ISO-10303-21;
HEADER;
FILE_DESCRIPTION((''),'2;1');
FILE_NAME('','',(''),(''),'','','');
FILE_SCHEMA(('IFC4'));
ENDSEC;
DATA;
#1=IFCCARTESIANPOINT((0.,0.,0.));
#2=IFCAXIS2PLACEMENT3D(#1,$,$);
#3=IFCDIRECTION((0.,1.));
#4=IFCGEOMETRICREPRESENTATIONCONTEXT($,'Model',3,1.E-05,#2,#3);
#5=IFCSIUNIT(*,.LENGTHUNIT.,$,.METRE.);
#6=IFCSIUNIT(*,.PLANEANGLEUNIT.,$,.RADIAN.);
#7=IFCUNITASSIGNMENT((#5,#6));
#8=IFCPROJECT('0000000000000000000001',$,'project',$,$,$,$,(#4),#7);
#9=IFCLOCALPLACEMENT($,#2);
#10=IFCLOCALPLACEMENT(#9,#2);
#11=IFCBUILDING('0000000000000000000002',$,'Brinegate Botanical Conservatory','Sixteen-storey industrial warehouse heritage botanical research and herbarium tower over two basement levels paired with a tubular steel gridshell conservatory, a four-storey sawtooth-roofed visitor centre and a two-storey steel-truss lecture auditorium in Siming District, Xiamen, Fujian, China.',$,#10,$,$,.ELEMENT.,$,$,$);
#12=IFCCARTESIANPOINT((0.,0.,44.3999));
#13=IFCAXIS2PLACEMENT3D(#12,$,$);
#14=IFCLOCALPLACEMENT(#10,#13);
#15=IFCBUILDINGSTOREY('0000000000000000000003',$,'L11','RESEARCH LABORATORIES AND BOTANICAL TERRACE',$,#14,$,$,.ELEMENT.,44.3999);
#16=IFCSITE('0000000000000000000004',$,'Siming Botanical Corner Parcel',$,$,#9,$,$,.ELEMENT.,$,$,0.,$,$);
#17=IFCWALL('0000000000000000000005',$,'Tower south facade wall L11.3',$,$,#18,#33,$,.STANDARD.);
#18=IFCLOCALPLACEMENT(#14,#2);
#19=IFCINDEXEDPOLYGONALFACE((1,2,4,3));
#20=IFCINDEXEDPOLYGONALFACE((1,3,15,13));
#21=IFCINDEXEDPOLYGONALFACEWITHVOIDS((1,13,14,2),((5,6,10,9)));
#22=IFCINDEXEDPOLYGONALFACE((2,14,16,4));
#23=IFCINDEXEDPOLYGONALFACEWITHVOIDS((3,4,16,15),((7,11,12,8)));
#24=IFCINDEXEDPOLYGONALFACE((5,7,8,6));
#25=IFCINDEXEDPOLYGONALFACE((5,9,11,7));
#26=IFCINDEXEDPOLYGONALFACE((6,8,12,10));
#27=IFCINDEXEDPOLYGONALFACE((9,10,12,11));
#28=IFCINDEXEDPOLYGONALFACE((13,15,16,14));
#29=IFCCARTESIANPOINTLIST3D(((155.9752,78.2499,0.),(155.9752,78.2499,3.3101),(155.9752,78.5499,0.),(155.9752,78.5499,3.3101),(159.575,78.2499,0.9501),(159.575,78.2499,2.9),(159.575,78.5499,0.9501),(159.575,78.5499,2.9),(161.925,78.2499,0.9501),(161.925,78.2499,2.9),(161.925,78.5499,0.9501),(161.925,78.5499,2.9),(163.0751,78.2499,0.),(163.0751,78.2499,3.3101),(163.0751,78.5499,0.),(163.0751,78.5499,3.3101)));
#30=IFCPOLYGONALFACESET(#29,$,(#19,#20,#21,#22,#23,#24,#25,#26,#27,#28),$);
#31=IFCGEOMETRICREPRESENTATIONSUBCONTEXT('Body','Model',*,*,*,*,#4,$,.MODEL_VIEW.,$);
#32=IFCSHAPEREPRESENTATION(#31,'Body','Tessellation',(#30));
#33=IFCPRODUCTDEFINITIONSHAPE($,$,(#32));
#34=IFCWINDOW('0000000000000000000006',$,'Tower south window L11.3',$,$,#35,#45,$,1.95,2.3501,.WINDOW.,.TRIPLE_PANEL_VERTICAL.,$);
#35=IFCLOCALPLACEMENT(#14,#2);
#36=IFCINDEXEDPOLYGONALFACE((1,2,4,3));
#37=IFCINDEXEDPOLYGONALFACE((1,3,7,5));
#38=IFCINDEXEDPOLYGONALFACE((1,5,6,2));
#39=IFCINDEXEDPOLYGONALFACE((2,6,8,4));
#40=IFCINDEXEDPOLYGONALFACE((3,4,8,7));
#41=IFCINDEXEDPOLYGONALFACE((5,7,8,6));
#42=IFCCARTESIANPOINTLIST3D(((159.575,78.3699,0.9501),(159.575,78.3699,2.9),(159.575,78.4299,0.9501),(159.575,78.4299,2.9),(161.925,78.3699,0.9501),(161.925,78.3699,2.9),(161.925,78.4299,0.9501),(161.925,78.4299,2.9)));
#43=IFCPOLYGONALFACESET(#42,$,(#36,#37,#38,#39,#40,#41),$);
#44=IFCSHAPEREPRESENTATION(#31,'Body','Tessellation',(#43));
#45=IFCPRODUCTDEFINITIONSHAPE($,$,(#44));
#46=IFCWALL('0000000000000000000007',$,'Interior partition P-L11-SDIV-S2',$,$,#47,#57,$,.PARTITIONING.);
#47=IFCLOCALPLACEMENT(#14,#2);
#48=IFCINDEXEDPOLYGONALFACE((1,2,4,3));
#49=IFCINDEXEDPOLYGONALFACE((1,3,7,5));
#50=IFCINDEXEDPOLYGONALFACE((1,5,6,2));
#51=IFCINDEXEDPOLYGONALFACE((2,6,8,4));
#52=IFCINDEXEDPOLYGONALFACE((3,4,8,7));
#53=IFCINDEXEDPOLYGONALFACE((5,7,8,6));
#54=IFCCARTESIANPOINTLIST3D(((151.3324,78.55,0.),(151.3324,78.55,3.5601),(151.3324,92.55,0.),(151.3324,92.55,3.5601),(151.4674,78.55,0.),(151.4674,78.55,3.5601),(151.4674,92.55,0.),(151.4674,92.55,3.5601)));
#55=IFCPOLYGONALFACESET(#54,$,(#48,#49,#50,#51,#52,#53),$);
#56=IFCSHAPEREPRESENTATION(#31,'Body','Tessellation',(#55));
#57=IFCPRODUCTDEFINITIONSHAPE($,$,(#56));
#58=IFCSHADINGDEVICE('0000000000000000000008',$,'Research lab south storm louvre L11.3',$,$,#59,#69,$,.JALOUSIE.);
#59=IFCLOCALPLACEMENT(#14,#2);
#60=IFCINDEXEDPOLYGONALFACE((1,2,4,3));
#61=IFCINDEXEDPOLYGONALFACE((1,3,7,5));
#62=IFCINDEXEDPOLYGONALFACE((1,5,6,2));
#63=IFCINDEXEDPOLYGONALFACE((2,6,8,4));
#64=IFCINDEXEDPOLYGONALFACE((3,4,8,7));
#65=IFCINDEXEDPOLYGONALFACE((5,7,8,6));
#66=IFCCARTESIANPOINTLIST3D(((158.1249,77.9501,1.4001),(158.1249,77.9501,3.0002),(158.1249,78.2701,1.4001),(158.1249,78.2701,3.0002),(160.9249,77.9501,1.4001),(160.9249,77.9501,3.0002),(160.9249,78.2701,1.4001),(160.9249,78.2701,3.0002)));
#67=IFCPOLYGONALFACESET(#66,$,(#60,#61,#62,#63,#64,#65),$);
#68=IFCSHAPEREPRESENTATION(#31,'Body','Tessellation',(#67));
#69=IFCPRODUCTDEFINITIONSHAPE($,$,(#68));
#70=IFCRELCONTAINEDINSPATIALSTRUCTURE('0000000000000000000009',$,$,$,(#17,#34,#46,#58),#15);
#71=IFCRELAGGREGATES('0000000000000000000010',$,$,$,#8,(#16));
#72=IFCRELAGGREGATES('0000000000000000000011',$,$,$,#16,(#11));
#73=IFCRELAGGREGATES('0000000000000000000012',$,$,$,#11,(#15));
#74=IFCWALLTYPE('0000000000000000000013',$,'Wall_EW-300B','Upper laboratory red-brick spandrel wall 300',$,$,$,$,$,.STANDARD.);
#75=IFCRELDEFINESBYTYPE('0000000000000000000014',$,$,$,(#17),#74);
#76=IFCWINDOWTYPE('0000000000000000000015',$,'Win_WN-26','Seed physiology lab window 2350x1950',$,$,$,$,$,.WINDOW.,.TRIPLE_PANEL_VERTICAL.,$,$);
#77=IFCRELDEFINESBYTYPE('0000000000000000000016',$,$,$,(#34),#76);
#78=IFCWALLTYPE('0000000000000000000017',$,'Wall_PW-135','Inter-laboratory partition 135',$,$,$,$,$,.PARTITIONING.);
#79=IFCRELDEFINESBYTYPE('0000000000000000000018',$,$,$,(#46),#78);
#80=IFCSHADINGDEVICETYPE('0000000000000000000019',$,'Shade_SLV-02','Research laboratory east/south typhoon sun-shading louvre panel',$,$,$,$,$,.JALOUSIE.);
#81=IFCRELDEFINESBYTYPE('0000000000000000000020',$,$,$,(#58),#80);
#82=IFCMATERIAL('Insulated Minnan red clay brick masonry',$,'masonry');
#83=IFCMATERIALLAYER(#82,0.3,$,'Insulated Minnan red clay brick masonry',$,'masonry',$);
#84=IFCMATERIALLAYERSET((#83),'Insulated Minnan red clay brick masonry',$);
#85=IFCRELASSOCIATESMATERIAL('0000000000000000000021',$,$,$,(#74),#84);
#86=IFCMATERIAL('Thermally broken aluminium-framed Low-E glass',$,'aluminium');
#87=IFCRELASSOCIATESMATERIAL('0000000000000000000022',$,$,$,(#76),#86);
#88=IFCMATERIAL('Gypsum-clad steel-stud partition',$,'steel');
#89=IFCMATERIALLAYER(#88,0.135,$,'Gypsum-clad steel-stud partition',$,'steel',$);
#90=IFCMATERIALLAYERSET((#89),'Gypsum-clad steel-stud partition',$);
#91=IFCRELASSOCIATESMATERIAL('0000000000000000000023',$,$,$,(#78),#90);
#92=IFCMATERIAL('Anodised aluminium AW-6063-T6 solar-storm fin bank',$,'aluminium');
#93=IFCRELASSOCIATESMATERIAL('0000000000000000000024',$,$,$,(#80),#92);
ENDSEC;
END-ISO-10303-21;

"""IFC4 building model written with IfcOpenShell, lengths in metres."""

from ifc_helpers import new_model, si_unit, direction, frame, frame_2d, origin, origin_2d, place, context, subcontext, project, spatial, rectangle, extrude, material, layer, layer_set, type_object, element, fill, save


model = new_model("IFC4")

# Units and contexts
model_context = context("Model", 3, precision=1e-05, world=origin(), true_north=direction((0.0, 1.0)))
body_context = subcontext(model_context, "Body", "Model", "MODEL_VIEW")
ifc_project = project(units=[si_unit("LENGTHUNIT", "METRE"), si_unit("PLANEANGLEUNIT", "RADIAN")], contexts=[model_context])

# Site, building, storey
site_placement = place(None, origin())
site = spatial("IfcSite", under=ifc_project, at=site_placement, Name="Siming Botanical Corner Parcel", CompositionType="ELEMENT", RefElevation=0.0)
building_placement = place(site_placement, origin())
building = spatial("IfcBuilding", under=site, at=building_placement, Name="Brinegate Botanical Conservatory", Description="Sixteen-storey industrial warehouse heritage botanical research and herbarium tower over two basement levels paired with a tubular steel gridshell conservatory, a four-storey sawtooth-roofed visitor centre and a two-storey steel-truss lecture auditorium in Siming District, Xiamen, Fujian, China.", CompositionType="ELEMENT")
storey_placement = place(building_placement, frame((0.0, 0.0, 44.3999)))
storey = spatial("IfcBuildingStorey", under=building, at=storey_placement, Name="L11", Description="RESEARCH LABORATORIES AND BOTANICAL TERRACE", CompositionType="ELEMENT", Elevation=44.3999)

# Wall, opening, window
ifc_material_1 = material(Name="Insulated Minnan red clay brick masonry", Category="masonry")
ifc_layer_1 = layer(ifc_material_1, 0.3, Name="Insulated Minnan red clay brick masonry", Category="masonry")
ifc_layer_set_1 = layer_set([ifc_layer_1], Name="Insulated Minnan red clay brick masonry")
wall_type_1 = type_object("IfcWallType", Name="Wall_EW-300B", Description="Upper laboratory red-brick spandrel wall 300", PredefinedType="STANDARD", material=ifc_layer_set_1)
wall_1_placement = place(storey_placement, frame((163.075, 78.3999, 0.0), z_axis=(0.0, 0.0, 1.0), x_axis=(-1.0, 0.0, 0.0)))
wall_1 = element("IfcWall", 1, at=wall_1_placement, inside=storey, type_object=wall_type_1, Name="Tower south facade wall L11.3", PredefinedType="STANDARD", context=body_context, shape_type="SweptSolid", body=[
    extrude(rectangle(XDim=7.0999, YDim=0.3, at=frame_2d((3.5498, 0.0))), origin(), (0.0, 0.0, 1.0), 3.3101),
])
opening_placement = place(wall_1_placement, frame((1.1499, 0.0, 0.95)))
opening = element("IfcOpeningElement", 2, at=opening_placement, cuts=wall_1, PredefinedType="OPENING", context=body_context, shape_type="SweptSolid", body=[
    extrude(rectangle(XDim=2.3501, YDim=1.95, at=frame_2d((1.175, 0.9751))), frame((0.0, 0.1599, 0.0), z_axis=(0.0, -1.0, 0.0), x_axis=(1.0, 0.0, 0.0)), (0.0, 0.0, 1.0), 0.3201),
])
ifc_material_2 = material(Name="Thermally broken aluminium-framed Low-E glass", Category="aluminium")
window_type = type_object("IfcWindowType", Name="Win_WN-26", Description="Seed physiology lab window 2350x1950", PartitioningType="TRIPLE_PANEL_VERTICAL", PredefinedType="WINDOW", material=ifc_material_2)
window_placement = place(opening_placement, origin())
window = element("IfcWindow", 3, at=window_placement, inside=storey, type_object=window_type, Name="Tower south window L11.3", OverallHeight=1.95, OverallWidth=2.3501, PartitioningType="TRIPLE_PANEL_VERTICAL", PredefinedType="WINDOW", context=body_context, shape_type="SweptSolid", body=[
    extrude(rectangle(XDim=2.3501, YDim=1.95, at=frame_2d((1.175, 0.9751))), frame((0.0, 0.03, 0.0), z_axis=(0.0, -1.0, 0.0), x_axis=(1.0, 0.0, 0.0)), (0.0, 0.0, 1.0), 0.0601),
])
fill(opening, window)

# Wall
ifc_material_3 = material(Name="Gypsum-clad steel-stud partition", Category="steel")
ifc_layer_2 = layer(ifc_material_3, 0.135, Name="Gypsum-clad steel-stud partition", Category="steel")
ifc_layer_set_2 = layer_set([ifc_layer_2], Name="Gypsum-clad steel-stud partition")
wall_type_2 = type_object("IfcWallType", Name="Wall_PW-135", Description="Inter-laboratory partition 135", PredefinedType="PARTITIONING", material=ifc_layer_set_2)
wall_2_placement = place(storey_placement, frame((151.3999, 78.55, 0.0), z_axis=(0.0, 0.0, 1.0), x_axis=(0.0, 1.0, 0.0)))
element("IfcWall", 4, at=wall_2_placement, inside=storey, type_object=wall_type_2, Name="Interior partition P-L11-SDIV-S2", PredefinedType="PARTITIONING", context=body_context, shape_type="SweptSolid", body=[
    extrude(rectangle(XDim=14.0, YDim=0.135, at=frame_2d((7.0, 0.0))), origin(), (0.0, 0.0, 1.0), 3.5601),
])

# Shading device
ifc_material_4 = material(Name="Anodised aluminium AW-6063-T6 solar-storm fin bank", Category="aluminium")
shading_device_type = type_object("IfcShadingDeviceType", Name="Shade_SLV-02", Description="Research laboratory east/south typhoon sun-shading louvre panel", PredefinedType="JALOUSIE", material=ifc_material_4)
shading_device_placement = place(storey_placement, frame((159.5249, 78.1101, 1.4001), z_axis=(0.0, 0.0, 1.0), x_axis=(1.0, 0.0, 0.0)))
element("IfcShadingDevice", 5, at=shading_device_placement, inside=storey, type_object=shading_device_type, Name="Research lab south storm louvre L11.3", PredefinedType="JALOUSIE", context=body_context, shape_type="SweptSolid", body=[
    extrude(rectangle(XDim=2.8, YDim=0.3201, at=origin_2d()), origin(), (0.0, 0.0, 1.0), 1.6001),
])

save(model, "model.ifc")
